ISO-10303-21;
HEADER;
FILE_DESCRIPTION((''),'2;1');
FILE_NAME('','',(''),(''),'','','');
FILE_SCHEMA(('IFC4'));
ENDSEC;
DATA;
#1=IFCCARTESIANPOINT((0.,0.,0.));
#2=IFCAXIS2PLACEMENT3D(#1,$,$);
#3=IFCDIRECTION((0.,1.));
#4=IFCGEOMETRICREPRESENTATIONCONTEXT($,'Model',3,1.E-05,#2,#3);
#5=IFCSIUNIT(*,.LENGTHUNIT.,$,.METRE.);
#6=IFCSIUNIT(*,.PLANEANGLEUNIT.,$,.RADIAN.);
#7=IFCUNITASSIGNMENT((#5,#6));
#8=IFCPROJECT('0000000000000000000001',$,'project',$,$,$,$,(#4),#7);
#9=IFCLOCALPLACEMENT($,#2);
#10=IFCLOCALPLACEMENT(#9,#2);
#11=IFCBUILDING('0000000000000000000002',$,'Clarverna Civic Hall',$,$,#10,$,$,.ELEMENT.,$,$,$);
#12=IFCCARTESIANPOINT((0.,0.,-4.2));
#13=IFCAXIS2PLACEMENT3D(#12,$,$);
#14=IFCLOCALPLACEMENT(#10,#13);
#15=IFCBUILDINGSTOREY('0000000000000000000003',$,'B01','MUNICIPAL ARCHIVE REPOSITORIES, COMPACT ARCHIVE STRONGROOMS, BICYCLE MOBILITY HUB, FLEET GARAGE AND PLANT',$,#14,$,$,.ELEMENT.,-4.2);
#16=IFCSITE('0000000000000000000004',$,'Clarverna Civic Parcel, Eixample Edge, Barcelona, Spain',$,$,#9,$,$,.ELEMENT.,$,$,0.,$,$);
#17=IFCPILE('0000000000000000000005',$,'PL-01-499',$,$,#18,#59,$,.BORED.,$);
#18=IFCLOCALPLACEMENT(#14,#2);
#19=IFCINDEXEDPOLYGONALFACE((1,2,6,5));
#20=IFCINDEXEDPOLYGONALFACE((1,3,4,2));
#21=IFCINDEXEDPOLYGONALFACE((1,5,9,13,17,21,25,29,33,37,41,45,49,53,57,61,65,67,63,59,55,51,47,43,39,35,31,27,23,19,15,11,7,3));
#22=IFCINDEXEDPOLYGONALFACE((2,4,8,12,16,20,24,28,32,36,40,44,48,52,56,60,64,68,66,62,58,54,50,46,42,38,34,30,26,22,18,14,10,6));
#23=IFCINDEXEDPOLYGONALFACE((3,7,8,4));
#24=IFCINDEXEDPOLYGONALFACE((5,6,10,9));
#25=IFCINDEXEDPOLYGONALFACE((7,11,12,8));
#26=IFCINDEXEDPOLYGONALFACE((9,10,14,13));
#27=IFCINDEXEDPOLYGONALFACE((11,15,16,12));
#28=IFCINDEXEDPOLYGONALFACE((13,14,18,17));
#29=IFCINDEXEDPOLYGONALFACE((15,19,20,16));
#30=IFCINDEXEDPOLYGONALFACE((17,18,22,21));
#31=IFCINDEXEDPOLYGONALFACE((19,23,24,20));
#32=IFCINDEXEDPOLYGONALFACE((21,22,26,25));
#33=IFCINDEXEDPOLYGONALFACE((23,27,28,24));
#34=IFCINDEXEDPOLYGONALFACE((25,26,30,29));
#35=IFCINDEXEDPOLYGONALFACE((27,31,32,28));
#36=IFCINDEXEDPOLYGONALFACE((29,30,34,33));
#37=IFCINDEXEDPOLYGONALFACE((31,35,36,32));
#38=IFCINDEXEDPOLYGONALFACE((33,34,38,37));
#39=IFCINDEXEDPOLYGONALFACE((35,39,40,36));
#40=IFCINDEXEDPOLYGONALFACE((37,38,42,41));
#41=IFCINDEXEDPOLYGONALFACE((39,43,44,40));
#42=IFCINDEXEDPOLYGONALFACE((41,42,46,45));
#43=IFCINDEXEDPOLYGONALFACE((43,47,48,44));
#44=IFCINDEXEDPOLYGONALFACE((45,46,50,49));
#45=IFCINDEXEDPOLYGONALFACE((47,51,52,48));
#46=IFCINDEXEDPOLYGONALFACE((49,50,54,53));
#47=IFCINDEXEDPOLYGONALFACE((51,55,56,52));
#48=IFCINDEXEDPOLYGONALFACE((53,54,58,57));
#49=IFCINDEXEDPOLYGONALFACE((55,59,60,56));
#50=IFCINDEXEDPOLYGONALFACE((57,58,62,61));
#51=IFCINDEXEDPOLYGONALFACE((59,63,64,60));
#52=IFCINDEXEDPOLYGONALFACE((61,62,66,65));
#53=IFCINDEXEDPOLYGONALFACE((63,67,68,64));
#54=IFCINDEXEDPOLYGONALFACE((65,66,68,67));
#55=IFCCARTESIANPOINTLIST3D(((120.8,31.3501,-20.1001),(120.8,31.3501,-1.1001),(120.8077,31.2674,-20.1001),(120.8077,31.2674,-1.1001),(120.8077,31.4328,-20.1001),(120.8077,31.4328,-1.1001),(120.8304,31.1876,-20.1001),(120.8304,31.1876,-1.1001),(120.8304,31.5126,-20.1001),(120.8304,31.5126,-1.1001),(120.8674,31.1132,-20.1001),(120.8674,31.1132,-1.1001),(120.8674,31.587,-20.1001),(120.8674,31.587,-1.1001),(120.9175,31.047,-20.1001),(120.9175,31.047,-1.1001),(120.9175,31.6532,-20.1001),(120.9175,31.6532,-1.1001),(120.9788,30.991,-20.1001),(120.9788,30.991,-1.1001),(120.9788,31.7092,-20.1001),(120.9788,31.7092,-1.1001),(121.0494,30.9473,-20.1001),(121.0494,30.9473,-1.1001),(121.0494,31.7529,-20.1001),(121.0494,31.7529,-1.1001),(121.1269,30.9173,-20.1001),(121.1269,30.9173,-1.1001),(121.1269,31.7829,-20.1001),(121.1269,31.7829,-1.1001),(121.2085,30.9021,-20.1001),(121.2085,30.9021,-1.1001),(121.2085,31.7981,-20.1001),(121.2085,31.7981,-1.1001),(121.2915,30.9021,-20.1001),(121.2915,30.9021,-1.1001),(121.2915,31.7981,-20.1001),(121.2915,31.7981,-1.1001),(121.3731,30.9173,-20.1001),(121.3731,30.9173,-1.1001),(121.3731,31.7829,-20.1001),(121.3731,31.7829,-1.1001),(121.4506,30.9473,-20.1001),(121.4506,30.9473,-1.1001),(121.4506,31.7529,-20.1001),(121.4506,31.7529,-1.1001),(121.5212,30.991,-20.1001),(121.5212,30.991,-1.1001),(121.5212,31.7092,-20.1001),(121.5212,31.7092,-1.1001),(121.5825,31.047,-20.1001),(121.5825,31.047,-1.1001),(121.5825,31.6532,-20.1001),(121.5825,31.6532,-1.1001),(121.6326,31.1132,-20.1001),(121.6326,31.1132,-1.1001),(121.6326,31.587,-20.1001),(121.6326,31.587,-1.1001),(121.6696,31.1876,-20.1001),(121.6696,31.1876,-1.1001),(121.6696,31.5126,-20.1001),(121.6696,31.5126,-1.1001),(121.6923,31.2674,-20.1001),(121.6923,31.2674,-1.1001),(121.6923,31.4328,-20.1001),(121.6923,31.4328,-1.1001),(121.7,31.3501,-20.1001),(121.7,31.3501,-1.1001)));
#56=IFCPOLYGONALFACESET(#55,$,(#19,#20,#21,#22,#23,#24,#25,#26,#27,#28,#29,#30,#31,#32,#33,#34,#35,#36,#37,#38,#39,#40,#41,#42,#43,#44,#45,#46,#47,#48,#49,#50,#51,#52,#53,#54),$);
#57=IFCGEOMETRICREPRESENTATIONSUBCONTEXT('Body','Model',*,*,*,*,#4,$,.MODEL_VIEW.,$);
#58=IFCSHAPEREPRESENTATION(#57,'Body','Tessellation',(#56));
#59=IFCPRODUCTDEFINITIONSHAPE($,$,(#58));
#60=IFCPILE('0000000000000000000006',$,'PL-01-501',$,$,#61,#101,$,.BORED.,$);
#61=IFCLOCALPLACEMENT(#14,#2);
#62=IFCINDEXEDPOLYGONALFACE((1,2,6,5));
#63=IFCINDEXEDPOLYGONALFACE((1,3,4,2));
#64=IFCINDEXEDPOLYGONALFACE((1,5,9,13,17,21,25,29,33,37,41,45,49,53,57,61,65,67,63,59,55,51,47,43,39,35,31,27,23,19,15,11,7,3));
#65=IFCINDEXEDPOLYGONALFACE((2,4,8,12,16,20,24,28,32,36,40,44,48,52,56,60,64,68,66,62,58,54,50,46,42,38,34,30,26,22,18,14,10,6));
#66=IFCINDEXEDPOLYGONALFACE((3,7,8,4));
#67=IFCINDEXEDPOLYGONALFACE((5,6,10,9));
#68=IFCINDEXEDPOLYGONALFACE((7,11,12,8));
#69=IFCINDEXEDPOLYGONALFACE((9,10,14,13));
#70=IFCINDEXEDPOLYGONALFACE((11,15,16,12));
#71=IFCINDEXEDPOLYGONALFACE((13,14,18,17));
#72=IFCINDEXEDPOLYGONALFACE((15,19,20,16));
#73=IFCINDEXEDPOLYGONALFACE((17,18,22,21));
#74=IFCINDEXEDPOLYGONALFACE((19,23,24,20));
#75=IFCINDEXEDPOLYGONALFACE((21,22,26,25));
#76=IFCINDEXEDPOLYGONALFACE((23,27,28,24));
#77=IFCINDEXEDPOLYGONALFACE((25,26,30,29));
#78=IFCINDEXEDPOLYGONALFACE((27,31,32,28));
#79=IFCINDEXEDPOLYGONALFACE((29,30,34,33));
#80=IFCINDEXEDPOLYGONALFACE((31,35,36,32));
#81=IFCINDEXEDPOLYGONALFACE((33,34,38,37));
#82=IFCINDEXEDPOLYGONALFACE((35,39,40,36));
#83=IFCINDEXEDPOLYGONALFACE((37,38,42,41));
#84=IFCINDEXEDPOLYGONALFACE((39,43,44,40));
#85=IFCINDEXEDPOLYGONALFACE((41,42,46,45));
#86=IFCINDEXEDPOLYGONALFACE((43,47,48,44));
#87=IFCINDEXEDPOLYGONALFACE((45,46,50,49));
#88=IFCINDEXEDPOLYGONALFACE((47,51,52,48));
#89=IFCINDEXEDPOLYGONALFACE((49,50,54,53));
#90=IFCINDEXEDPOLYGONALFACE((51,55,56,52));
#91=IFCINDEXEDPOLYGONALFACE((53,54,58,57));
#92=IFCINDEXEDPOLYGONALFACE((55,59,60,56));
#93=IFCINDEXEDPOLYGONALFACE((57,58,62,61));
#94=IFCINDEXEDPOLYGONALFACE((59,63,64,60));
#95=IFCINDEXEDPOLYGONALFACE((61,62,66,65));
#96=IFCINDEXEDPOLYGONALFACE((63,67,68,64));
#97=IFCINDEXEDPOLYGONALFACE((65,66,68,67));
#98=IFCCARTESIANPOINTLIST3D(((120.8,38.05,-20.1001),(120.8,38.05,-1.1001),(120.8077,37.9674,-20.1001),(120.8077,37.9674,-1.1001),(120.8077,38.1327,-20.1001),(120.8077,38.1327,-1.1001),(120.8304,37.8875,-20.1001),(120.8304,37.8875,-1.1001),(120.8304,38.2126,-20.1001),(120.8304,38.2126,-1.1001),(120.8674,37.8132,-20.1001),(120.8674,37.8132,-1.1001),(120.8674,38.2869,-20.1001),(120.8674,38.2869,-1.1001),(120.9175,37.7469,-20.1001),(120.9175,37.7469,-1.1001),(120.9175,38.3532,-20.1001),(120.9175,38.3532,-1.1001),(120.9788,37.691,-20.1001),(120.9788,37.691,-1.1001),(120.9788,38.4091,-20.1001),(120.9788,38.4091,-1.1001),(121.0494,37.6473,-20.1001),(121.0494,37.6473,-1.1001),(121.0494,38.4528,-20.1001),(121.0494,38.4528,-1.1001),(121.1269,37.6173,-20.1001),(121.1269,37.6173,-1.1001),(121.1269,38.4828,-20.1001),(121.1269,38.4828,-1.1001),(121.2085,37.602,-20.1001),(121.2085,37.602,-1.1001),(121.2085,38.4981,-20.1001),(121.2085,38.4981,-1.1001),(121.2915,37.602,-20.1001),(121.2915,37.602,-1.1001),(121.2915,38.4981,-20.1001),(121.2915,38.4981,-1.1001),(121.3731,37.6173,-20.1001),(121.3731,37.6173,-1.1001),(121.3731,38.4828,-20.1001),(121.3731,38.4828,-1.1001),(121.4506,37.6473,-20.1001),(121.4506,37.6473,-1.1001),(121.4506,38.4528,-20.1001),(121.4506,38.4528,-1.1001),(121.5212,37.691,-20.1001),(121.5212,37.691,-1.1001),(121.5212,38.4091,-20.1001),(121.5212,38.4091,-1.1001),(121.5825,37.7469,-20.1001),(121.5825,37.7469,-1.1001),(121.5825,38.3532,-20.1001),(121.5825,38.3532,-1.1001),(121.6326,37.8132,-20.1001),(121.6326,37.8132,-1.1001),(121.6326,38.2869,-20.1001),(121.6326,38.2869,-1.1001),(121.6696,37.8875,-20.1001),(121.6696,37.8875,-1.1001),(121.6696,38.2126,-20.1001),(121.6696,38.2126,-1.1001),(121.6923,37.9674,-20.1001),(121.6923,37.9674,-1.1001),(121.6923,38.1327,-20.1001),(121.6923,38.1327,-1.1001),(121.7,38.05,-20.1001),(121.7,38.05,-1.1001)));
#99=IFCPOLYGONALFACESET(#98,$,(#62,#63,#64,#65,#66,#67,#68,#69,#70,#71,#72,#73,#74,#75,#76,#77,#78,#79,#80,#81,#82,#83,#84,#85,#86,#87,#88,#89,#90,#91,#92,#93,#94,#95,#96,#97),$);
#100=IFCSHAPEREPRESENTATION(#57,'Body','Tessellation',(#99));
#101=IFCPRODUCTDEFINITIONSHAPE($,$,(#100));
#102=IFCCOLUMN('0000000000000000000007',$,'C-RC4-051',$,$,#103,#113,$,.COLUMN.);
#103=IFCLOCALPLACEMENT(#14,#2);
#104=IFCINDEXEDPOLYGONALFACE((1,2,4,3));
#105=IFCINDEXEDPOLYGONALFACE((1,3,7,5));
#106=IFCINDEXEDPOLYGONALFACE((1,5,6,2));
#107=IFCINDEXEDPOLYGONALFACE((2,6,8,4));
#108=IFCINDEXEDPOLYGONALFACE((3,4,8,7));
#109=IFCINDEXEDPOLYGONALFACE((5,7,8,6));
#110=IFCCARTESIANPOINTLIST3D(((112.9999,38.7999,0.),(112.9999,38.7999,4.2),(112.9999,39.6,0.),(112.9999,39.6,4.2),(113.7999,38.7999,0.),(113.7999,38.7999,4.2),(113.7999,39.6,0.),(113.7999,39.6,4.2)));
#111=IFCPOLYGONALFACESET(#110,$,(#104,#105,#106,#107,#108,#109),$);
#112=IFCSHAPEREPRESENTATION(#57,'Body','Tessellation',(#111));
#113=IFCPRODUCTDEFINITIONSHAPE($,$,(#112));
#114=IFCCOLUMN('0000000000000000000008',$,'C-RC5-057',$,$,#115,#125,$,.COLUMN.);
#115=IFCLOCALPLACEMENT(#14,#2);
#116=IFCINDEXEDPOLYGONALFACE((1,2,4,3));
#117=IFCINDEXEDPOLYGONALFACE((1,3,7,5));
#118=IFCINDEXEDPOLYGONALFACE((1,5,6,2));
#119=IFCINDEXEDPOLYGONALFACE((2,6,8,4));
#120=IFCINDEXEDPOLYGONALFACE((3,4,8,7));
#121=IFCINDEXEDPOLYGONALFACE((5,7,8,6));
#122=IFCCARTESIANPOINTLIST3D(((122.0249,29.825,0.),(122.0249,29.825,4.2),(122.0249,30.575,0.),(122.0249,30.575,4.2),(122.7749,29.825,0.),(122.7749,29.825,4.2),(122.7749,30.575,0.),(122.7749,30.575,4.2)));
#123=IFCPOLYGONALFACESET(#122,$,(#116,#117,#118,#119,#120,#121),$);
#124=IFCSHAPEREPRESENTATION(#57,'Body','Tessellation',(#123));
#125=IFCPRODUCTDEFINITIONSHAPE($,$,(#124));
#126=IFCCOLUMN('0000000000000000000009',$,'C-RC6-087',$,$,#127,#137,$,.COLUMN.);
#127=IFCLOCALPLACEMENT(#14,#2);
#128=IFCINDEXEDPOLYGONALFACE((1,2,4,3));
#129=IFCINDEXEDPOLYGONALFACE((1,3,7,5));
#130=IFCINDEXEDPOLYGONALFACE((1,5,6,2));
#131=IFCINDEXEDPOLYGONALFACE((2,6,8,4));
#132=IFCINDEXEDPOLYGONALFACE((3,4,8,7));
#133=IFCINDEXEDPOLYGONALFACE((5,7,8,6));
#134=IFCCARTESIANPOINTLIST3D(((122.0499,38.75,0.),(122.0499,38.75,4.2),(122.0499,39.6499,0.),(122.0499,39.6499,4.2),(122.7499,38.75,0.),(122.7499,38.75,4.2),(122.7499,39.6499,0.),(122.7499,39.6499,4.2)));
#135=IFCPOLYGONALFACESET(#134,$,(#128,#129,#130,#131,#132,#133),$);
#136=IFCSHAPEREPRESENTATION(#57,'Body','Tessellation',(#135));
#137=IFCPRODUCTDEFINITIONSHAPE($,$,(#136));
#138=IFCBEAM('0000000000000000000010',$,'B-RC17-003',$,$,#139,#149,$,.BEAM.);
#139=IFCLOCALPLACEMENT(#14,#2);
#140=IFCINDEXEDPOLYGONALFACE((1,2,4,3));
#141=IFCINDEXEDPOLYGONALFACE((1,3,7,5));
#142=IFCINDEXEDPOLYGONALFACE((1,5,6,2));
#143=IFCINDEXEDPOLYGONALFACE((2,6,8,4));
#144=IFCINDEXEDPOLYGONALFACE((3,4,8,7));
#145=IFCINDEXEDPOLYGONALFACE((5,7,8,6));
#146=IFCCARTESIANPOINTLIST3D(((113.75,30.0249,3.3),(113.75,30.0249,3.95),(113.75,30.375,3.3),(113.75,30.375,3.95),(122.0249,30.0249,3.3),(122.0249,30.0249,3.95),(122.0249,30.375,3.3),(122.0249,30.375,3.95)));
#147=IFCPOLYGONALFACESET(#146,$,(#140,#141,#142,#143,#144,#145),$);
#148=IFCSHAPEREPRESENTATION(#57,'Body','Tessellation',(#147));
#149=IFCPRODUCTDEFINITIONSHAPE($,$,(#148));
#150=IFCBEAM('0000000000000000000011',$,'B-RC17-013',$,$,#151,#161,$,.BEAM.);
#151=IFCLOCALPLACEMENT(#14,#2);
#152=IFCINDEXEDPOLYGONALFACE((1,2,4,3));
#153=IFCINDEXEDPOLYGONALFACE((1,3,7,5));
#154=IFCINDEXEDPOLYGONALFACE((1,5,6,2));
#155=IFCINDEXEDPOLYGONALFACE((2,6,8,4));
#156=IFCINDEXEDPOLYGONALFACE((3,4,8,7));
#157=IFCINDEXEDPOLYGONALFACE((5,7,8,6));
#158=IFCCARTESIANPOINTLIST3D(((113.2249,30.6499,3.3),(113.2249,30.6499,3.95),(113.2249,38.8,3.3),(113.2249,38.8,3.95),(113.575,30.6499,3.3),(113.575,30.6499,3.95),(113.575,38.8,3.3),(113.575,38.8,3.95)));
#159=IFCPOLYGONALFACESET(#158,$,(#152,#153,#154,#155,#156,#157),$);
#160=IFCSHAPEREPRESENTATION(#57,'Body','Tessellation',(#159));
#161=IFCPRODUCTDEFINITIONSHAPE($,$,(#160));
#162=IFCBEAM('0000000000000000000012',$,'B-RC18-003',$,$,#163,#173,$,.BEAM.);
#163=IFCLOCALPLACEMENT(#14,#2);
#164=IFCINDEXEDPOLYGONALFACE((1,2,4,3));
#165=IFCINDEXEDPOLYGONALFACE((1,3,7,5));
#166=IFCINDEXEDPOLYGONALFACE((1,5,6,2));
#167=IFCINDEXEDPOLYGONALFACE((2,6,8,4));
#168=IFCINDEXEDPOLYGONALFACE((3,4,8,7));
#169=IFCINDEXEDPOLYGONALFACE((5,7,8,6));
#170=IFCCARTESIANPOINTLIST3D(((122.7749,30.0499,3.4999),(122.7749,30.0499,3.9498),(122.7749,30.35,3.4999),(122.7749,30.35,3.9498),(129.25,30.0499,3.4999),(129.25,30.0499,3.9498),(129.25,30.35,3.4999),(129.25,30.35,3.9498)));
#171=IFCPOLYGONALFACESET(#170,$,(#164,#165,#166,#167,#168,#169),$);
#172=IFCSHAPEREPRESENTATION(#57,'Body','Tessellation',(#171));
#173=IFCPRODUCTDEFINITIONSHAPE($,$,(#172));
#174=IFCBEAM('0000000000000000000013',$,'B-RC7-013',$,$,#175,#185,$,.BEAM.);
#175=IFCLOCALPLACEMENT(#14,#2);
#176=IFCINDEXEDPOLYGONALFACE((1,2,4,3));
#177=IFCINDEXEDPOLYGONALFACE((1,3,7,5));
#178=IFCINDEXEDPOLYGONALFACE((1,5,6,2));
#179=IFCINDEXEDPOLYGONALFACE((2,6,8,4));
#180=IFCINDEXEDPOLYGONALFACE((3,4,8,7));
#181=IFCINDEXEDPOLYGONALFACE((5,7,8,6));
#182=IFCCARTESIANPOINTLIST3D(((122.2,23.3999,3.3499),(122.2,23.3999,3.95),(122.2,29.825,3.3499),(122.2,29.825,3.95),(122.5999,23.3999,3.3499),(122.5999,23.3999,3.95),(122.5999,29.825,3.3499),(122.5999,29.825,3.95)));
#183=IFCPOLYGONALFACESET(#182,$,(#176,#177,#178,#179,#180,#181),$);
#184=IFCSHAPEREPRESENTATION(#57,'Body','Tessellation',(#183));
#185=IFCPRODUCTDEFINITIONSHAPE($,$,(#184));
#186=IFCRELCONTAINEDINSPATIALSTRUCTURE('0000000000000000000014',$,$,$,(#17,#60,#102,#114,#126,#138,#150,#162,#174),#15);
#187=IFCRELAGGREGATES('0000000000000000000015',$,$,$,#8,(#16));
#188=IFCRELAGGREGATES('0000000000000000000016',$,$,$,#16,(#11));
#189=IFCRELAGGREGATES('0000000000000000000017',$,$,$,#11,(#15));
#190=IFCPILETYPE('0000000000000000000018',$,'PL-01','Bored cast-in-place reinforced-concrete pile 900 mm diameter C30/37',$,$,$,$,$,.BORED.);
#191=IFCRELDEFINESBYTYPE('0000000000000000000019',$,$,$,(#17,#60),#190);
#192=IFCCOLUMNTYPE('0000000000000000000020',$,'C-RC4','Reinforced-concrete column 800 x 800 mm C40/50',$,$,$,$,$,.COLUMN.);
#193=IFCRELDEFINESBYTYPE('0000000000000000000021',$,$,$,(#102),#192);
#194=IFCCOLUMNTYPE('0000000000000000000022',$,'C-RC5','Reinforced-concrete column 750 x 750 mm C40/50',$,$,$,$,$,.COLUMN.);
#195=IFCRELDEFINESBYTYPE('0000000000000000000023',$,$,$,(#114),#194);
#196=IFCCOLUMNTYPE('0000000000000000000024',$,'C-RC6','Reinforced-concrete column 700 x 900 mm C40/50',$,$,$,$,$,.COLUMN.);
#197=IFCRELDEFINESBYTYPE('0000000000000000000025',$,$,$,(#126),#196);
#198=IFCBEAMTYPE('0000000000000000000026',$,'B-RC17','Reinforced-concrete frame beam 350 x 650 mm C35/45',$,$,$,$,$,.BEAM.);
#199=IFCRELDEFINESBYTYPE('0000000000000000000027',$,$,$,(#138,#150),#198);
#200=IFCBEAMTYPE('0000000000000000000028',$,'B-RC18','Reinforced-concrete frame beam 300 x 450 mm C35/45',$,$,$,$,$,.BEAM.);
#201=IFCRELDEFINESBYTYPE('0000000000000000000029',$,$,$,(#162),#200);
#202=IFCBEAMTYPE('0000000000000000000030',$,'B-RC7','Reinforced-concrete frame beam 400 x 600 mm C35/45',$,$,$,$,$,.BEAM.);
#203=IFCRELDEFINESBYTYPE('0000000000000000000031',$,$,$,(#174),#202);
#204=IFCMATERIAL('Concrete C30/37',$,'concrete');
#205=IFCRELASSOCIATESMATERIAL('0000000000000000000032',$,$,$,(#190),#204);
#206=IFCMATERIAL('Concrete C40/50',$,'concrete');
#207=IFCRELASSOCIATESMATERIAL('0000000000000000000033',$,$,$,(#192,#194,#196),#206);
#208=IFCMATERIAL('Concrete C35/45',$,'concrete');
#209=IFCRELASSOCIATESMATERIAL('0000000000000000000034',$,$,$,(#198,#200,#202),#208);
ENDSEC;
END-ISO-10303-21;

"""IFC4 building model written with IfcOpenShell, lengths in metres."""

from ifc_helpers import new_model, si_unit, direction, frame, origin, origin_2d, place, context, subcontext, project, spatial, rectangle, circle, extrude, material, material_profile, profile_set, type_object, element, save


model = new_model("IFC4")

# Units and contexts
model_context = context("Model", 3, precision=1e-05, world=origin(), true_north=direction((0.0, 1.0)))
body_context = subcontext(model_context, "Body", "Model", "MODEL_VIEW")
ifc_project = project(units=[si_unit("LENGTHUNIT", "METRE"), si_unit("PLANEANGLEUNIT", "RADIAN")], contexts=[model_context])

# Site, building, storey
site_placement = place(None, origin())
site = spatial("IfcSite", under=ifc_project, at=site_placement, Name="Clarverna Civic Parcel, Eixample Edge, Barcelona, Spain", CompositionType="ELEMENT", RefElevation=0.0)
building_placement = place(site_placement, origin())
building = spatial("IfcBuilding", under=site, at=building_placement, Name="Clarverna Civic Hall", CompositionType="ELEMENT")
storey_placement = place(building_placement, frame((0.0, 0.0, -4.2)))
storey = spatial("IfcBuildingStorey", under=building, at=storey_placement, Name="B01", Description="MUNICIPAL ARCHIVE REPOSITORIES, COMPACT ARCHIVE STRONGROOMS, BICYCLE MOBILITY HUB, FLEET GARAGE AND PLANT", CompositionType="ELEMENT", Elevation=-4.2)

# Shared definitions
ifc_material_1 = material(Name="Concrete C30/37", Category="concrete")

# Piles
ifc_material_profile_1 = material_profile(ifc_material_1, circle(Radius=0.45, at=origin_2d()), Name="BORED PILE D900")
ifc_profile_set_1 = profile_set([ifc_material_profile_1], Name="Concrete C30/37")
pile_type = type_object("IfcPileType", Name="PL-01", Description="Bored cast-in-place reinforced-concrete pile 900 mm diameter C30/37", PredefinedType="BORED", material=ifc_profile_set_1)
for number, where, z_axis, x_axis, name in (
    (1, (121.25, 31.3501, -1.1001), (0.0, 0.0, -1.0), (1.0, 0.0, 0.0), "PL-01-499"),
    (2, (121.25, 38.05, -1.1001), (0.0, 0.0, -1.0), (1.0, 0.0, 0.0), "PL-01-501"),
):
    element("IfcPile", number, at=place(storey_placement, frame(where, z_axis=z_axis, x_axis=x_axis)), inside=storey, type_object=pile_type, Name=name, PredefinedType="BORED", context=body_context, shape_type="SweptSolid", body=[
        extrude(circle(Radius=0.45, at=origin_2d()), origin(), (0.0, 0.0, 1.0), 19.0),
    ])

# Columns
ifc_material_2 = material(Name="Concrete C40/50", Category="concrete")
ifc_material_profile_2 = material_profile(ifc_material_2, rectangle(XDim=0.8, YDim=0.8, at=origin_2d()), Name="RC 800x800")
ifc_profile_set_2 = profile_set([ifc_material_profile_2], Name="Concrete C40/50")
column_type_1 = type_object("IfcColumnType", Name="C-RC4", Description="Reinforced-concrete column 800 x 800 mm C40/50", PredefinedType="COLUMN", material=ifc_profile_set_2)
column_1_placement = place(storey_placement, frame((113.3999, 39.2, 0.0), z_axis=(0.0, 0.0, 1.0), x_axis=(1.0, 0.0, 0.0)))
element("IfcColumn", 3, at=column_1_placement, inside=storey, type_object=column_type_1, Name="C-RC4-051", PredefinedType="COLUMN", context=body_context, shape_type="SweptSolid", body=[
    extrude(rectangle(XDim=0.8, YDim=0.8, at=origin_2d()), origin(), (0.0, 0.0, 1.0), 4.2),
])
ifc_material_profile_3 = material_profile(ifc_material_2, rectangle(XDim=0.75, YDim=0.75, at=origin_2d()), Name="RC 750x750")
ifc_profile_set_3 = profile_set([ifc_material_profile_3], Name="Concrete C40/50")
column_type_2 = type_object("IfcColumnType", Name="C-RC5", Description="Reinforced-concrete column 750 x 750 mm C40/50", PredefinedType="COLUMN", material=ifc_profile_set_3)
column_2_placement = place(storey_placement, frame((122.3999, 30.2, 0.0), z_axis=(0.0, 0.0, 1.0), x_axis=(1.0, 0.0, 0.0)))
element("IfcColumn", 4, at=column_2_placement, inside=storey, type_object=column_type_2, Name="C-RC5-057", PredefinedType="COLUMN", context=body_context, shape_type="SweptSolid", body=[
    extrude(rectangle(XDim=0.75, YDim=0.75, at=origin_2d()), origin(), (0.0, 0.0, 1.0), 4.2),
])
ifc_material_profile_4 = material_profile(ifc_material_2, rectangle(XDim=0.7, YDim=0.8999, at=origin_2d()), Name="RC 700x900")
ifc_profile_set_4 = profile_set([ifc_material_profile_4], Name="Concrete C40/50")
column_type_3 = type_object("IfcColumnType", Name="C-RC6", Description="Reinforced-concrete column 700 x 900 mm C40/50", PredefinedType="COLUMN", material=ifc_profile_set_4)
column_3_placement = place(storey_placement, frame((122.3999, 39.2, 0.0), z_axis=(0.0, 0.0, 1.0), x_axis=(1.0, 0.0, 0.0)))
element("IfcColumn", 5, at=column_3_placement, inside=storey, type_object=column_type_3, Name="C-RC6-087", PredefinedType="COLUMN", context=body_context, shape_type="SweptSolid", body=[
    extrude(rectangle(XDim=0.7, YDim=0.8999, at=origin_2d()), origin(), (0.0, 0.0, 1.0), 4.2),
])

# Beams
ifc_material_3 = material(Name="Concrete C35/45", Category="concrete")
ifc_material_profile_5 = material_profile(ifc_material_3, rectangle(XDim=0.3501, YDim=0.6499, at=origin_2d()), Name="RC 350x650")
ifc_profile_set_5 = profile_set([ifc_material_profile_5], Name="Concrete C35/45")
beam_type_1 = type_object("IfcBeamType", Name="B-RC17", Description="Reinforced-concrete frame beam 350 x 650 mm C35/45", PredefinedType="BEAM", material=ifc_profile_set_5)
beam_1_placement = place(storey_placement, frame((113.75, 30.2, 3.625), z_axis=(1.0, 0.0, 0.0), x_axis=(0.0, 1.0, 0.0)))
element("IfcBeam", 6, at=beam_1_placement, inside=storey, type_object=beam_type_1, Name="B-RC17-003", PredefinedType="BEAM", context=body_context, shape_type="SweptSolid", body=[
    extrude(rectangle(XDim=0.3501, YDim=0.6499, at=origin_2d()), origin(), (0.0, 0.0, 1.0), 8.2749),
])
beam_2_placement = place(storey_placement, frame((113.3999, 30.6499, 3.625), z_axis=(0.0, 1.0, 0.0), x_axis=(-1.0, 0.0, 0.0)))
element("IfcBeam", 7, at=beam_2_placement, inside=storey, type_object=beam_type_1, Name="B-RC17-013", PredefinedType="BEAM", context=body_context, shape_type="SweptSolid", body=[
    extrude(rectangle(XDim=0.3501, YDim=0.6499, at=origin_2d()), origin(), (0.0, 0.0, 1.0), 8.1501),
])
ifc_material_profile_6 = material_profile(ifc_material_3, rectangle(XDim=0.3, YDim=0.45, at=origin_2d()), Name="RC 300x450")
ifc_profile_set_6 = profile_set([ifc_material_profile_6], Name="Concrete C35/45")
beam_type_2 = type_object("IfcBeamType", Name="B-RC18", Description="Reinforced-concrete frame beam 300 x 450 mm C35/45", PredefinedType="BEAM", material=ifc_profile_set_6)
beam_3_placement = place(storey_placement, frame((122.7749, 30.2, 3.7249), z_axis=(1.0, 0.0, 0.0), x_axis=(0.0, 1.0, 0.0)))
element("IfcBeam", 8, at=beam_3_placement, inside=storey, type_object=beam_type_2, Name="B-RC18-003", PredefinedType="BEAM", context=body_context, shape_type="SweptSolid", body=[
    extrude(rectangle(XDim=0.3, YDim=0.45, at=origin_2d()), origin(), (0.0, 0.0, 1.0), 6.4751),
])
ifc_material_profile_7 = material_profile(ifc_material_3, rectangle(XDim=0.3999, YDim=0.6001, at=origin_2d()), Name="RC 400x600")
ifc_profile_set_7 = profile_set([ifc_material_profile_7], Name="Concrete C35/45")
beam_type_3 = type_object("IfcBeamType", Name="B-RC7", Description="Reinforced-concrete frame beam 400 x 600 mm C35/45", PredefinedType="BEAM", material=ifc_profile_set_7)
beam_4_placement = place(storey_placement, frame((122.3999, 23.3999, 3.6499), z_axis=(0.0, 1.0, 0.0), x_axis=(-1.0, 0.0, 0.0)))
element("IfcBeam", 9, at=beam_4_placement, inside=storey, type_object=beam_type_3, Name="B-RC7-013", PredefinedType="BEAM", context=body_context, shape_type="SweptSolid", body=[
    extrude(rectangle(XDim=0.3999, YDim=0.6001, at=origin_2d()), origin(), (0.0, 0.0, 1.0), 6.425),
])

save(model, "model.ifc")
